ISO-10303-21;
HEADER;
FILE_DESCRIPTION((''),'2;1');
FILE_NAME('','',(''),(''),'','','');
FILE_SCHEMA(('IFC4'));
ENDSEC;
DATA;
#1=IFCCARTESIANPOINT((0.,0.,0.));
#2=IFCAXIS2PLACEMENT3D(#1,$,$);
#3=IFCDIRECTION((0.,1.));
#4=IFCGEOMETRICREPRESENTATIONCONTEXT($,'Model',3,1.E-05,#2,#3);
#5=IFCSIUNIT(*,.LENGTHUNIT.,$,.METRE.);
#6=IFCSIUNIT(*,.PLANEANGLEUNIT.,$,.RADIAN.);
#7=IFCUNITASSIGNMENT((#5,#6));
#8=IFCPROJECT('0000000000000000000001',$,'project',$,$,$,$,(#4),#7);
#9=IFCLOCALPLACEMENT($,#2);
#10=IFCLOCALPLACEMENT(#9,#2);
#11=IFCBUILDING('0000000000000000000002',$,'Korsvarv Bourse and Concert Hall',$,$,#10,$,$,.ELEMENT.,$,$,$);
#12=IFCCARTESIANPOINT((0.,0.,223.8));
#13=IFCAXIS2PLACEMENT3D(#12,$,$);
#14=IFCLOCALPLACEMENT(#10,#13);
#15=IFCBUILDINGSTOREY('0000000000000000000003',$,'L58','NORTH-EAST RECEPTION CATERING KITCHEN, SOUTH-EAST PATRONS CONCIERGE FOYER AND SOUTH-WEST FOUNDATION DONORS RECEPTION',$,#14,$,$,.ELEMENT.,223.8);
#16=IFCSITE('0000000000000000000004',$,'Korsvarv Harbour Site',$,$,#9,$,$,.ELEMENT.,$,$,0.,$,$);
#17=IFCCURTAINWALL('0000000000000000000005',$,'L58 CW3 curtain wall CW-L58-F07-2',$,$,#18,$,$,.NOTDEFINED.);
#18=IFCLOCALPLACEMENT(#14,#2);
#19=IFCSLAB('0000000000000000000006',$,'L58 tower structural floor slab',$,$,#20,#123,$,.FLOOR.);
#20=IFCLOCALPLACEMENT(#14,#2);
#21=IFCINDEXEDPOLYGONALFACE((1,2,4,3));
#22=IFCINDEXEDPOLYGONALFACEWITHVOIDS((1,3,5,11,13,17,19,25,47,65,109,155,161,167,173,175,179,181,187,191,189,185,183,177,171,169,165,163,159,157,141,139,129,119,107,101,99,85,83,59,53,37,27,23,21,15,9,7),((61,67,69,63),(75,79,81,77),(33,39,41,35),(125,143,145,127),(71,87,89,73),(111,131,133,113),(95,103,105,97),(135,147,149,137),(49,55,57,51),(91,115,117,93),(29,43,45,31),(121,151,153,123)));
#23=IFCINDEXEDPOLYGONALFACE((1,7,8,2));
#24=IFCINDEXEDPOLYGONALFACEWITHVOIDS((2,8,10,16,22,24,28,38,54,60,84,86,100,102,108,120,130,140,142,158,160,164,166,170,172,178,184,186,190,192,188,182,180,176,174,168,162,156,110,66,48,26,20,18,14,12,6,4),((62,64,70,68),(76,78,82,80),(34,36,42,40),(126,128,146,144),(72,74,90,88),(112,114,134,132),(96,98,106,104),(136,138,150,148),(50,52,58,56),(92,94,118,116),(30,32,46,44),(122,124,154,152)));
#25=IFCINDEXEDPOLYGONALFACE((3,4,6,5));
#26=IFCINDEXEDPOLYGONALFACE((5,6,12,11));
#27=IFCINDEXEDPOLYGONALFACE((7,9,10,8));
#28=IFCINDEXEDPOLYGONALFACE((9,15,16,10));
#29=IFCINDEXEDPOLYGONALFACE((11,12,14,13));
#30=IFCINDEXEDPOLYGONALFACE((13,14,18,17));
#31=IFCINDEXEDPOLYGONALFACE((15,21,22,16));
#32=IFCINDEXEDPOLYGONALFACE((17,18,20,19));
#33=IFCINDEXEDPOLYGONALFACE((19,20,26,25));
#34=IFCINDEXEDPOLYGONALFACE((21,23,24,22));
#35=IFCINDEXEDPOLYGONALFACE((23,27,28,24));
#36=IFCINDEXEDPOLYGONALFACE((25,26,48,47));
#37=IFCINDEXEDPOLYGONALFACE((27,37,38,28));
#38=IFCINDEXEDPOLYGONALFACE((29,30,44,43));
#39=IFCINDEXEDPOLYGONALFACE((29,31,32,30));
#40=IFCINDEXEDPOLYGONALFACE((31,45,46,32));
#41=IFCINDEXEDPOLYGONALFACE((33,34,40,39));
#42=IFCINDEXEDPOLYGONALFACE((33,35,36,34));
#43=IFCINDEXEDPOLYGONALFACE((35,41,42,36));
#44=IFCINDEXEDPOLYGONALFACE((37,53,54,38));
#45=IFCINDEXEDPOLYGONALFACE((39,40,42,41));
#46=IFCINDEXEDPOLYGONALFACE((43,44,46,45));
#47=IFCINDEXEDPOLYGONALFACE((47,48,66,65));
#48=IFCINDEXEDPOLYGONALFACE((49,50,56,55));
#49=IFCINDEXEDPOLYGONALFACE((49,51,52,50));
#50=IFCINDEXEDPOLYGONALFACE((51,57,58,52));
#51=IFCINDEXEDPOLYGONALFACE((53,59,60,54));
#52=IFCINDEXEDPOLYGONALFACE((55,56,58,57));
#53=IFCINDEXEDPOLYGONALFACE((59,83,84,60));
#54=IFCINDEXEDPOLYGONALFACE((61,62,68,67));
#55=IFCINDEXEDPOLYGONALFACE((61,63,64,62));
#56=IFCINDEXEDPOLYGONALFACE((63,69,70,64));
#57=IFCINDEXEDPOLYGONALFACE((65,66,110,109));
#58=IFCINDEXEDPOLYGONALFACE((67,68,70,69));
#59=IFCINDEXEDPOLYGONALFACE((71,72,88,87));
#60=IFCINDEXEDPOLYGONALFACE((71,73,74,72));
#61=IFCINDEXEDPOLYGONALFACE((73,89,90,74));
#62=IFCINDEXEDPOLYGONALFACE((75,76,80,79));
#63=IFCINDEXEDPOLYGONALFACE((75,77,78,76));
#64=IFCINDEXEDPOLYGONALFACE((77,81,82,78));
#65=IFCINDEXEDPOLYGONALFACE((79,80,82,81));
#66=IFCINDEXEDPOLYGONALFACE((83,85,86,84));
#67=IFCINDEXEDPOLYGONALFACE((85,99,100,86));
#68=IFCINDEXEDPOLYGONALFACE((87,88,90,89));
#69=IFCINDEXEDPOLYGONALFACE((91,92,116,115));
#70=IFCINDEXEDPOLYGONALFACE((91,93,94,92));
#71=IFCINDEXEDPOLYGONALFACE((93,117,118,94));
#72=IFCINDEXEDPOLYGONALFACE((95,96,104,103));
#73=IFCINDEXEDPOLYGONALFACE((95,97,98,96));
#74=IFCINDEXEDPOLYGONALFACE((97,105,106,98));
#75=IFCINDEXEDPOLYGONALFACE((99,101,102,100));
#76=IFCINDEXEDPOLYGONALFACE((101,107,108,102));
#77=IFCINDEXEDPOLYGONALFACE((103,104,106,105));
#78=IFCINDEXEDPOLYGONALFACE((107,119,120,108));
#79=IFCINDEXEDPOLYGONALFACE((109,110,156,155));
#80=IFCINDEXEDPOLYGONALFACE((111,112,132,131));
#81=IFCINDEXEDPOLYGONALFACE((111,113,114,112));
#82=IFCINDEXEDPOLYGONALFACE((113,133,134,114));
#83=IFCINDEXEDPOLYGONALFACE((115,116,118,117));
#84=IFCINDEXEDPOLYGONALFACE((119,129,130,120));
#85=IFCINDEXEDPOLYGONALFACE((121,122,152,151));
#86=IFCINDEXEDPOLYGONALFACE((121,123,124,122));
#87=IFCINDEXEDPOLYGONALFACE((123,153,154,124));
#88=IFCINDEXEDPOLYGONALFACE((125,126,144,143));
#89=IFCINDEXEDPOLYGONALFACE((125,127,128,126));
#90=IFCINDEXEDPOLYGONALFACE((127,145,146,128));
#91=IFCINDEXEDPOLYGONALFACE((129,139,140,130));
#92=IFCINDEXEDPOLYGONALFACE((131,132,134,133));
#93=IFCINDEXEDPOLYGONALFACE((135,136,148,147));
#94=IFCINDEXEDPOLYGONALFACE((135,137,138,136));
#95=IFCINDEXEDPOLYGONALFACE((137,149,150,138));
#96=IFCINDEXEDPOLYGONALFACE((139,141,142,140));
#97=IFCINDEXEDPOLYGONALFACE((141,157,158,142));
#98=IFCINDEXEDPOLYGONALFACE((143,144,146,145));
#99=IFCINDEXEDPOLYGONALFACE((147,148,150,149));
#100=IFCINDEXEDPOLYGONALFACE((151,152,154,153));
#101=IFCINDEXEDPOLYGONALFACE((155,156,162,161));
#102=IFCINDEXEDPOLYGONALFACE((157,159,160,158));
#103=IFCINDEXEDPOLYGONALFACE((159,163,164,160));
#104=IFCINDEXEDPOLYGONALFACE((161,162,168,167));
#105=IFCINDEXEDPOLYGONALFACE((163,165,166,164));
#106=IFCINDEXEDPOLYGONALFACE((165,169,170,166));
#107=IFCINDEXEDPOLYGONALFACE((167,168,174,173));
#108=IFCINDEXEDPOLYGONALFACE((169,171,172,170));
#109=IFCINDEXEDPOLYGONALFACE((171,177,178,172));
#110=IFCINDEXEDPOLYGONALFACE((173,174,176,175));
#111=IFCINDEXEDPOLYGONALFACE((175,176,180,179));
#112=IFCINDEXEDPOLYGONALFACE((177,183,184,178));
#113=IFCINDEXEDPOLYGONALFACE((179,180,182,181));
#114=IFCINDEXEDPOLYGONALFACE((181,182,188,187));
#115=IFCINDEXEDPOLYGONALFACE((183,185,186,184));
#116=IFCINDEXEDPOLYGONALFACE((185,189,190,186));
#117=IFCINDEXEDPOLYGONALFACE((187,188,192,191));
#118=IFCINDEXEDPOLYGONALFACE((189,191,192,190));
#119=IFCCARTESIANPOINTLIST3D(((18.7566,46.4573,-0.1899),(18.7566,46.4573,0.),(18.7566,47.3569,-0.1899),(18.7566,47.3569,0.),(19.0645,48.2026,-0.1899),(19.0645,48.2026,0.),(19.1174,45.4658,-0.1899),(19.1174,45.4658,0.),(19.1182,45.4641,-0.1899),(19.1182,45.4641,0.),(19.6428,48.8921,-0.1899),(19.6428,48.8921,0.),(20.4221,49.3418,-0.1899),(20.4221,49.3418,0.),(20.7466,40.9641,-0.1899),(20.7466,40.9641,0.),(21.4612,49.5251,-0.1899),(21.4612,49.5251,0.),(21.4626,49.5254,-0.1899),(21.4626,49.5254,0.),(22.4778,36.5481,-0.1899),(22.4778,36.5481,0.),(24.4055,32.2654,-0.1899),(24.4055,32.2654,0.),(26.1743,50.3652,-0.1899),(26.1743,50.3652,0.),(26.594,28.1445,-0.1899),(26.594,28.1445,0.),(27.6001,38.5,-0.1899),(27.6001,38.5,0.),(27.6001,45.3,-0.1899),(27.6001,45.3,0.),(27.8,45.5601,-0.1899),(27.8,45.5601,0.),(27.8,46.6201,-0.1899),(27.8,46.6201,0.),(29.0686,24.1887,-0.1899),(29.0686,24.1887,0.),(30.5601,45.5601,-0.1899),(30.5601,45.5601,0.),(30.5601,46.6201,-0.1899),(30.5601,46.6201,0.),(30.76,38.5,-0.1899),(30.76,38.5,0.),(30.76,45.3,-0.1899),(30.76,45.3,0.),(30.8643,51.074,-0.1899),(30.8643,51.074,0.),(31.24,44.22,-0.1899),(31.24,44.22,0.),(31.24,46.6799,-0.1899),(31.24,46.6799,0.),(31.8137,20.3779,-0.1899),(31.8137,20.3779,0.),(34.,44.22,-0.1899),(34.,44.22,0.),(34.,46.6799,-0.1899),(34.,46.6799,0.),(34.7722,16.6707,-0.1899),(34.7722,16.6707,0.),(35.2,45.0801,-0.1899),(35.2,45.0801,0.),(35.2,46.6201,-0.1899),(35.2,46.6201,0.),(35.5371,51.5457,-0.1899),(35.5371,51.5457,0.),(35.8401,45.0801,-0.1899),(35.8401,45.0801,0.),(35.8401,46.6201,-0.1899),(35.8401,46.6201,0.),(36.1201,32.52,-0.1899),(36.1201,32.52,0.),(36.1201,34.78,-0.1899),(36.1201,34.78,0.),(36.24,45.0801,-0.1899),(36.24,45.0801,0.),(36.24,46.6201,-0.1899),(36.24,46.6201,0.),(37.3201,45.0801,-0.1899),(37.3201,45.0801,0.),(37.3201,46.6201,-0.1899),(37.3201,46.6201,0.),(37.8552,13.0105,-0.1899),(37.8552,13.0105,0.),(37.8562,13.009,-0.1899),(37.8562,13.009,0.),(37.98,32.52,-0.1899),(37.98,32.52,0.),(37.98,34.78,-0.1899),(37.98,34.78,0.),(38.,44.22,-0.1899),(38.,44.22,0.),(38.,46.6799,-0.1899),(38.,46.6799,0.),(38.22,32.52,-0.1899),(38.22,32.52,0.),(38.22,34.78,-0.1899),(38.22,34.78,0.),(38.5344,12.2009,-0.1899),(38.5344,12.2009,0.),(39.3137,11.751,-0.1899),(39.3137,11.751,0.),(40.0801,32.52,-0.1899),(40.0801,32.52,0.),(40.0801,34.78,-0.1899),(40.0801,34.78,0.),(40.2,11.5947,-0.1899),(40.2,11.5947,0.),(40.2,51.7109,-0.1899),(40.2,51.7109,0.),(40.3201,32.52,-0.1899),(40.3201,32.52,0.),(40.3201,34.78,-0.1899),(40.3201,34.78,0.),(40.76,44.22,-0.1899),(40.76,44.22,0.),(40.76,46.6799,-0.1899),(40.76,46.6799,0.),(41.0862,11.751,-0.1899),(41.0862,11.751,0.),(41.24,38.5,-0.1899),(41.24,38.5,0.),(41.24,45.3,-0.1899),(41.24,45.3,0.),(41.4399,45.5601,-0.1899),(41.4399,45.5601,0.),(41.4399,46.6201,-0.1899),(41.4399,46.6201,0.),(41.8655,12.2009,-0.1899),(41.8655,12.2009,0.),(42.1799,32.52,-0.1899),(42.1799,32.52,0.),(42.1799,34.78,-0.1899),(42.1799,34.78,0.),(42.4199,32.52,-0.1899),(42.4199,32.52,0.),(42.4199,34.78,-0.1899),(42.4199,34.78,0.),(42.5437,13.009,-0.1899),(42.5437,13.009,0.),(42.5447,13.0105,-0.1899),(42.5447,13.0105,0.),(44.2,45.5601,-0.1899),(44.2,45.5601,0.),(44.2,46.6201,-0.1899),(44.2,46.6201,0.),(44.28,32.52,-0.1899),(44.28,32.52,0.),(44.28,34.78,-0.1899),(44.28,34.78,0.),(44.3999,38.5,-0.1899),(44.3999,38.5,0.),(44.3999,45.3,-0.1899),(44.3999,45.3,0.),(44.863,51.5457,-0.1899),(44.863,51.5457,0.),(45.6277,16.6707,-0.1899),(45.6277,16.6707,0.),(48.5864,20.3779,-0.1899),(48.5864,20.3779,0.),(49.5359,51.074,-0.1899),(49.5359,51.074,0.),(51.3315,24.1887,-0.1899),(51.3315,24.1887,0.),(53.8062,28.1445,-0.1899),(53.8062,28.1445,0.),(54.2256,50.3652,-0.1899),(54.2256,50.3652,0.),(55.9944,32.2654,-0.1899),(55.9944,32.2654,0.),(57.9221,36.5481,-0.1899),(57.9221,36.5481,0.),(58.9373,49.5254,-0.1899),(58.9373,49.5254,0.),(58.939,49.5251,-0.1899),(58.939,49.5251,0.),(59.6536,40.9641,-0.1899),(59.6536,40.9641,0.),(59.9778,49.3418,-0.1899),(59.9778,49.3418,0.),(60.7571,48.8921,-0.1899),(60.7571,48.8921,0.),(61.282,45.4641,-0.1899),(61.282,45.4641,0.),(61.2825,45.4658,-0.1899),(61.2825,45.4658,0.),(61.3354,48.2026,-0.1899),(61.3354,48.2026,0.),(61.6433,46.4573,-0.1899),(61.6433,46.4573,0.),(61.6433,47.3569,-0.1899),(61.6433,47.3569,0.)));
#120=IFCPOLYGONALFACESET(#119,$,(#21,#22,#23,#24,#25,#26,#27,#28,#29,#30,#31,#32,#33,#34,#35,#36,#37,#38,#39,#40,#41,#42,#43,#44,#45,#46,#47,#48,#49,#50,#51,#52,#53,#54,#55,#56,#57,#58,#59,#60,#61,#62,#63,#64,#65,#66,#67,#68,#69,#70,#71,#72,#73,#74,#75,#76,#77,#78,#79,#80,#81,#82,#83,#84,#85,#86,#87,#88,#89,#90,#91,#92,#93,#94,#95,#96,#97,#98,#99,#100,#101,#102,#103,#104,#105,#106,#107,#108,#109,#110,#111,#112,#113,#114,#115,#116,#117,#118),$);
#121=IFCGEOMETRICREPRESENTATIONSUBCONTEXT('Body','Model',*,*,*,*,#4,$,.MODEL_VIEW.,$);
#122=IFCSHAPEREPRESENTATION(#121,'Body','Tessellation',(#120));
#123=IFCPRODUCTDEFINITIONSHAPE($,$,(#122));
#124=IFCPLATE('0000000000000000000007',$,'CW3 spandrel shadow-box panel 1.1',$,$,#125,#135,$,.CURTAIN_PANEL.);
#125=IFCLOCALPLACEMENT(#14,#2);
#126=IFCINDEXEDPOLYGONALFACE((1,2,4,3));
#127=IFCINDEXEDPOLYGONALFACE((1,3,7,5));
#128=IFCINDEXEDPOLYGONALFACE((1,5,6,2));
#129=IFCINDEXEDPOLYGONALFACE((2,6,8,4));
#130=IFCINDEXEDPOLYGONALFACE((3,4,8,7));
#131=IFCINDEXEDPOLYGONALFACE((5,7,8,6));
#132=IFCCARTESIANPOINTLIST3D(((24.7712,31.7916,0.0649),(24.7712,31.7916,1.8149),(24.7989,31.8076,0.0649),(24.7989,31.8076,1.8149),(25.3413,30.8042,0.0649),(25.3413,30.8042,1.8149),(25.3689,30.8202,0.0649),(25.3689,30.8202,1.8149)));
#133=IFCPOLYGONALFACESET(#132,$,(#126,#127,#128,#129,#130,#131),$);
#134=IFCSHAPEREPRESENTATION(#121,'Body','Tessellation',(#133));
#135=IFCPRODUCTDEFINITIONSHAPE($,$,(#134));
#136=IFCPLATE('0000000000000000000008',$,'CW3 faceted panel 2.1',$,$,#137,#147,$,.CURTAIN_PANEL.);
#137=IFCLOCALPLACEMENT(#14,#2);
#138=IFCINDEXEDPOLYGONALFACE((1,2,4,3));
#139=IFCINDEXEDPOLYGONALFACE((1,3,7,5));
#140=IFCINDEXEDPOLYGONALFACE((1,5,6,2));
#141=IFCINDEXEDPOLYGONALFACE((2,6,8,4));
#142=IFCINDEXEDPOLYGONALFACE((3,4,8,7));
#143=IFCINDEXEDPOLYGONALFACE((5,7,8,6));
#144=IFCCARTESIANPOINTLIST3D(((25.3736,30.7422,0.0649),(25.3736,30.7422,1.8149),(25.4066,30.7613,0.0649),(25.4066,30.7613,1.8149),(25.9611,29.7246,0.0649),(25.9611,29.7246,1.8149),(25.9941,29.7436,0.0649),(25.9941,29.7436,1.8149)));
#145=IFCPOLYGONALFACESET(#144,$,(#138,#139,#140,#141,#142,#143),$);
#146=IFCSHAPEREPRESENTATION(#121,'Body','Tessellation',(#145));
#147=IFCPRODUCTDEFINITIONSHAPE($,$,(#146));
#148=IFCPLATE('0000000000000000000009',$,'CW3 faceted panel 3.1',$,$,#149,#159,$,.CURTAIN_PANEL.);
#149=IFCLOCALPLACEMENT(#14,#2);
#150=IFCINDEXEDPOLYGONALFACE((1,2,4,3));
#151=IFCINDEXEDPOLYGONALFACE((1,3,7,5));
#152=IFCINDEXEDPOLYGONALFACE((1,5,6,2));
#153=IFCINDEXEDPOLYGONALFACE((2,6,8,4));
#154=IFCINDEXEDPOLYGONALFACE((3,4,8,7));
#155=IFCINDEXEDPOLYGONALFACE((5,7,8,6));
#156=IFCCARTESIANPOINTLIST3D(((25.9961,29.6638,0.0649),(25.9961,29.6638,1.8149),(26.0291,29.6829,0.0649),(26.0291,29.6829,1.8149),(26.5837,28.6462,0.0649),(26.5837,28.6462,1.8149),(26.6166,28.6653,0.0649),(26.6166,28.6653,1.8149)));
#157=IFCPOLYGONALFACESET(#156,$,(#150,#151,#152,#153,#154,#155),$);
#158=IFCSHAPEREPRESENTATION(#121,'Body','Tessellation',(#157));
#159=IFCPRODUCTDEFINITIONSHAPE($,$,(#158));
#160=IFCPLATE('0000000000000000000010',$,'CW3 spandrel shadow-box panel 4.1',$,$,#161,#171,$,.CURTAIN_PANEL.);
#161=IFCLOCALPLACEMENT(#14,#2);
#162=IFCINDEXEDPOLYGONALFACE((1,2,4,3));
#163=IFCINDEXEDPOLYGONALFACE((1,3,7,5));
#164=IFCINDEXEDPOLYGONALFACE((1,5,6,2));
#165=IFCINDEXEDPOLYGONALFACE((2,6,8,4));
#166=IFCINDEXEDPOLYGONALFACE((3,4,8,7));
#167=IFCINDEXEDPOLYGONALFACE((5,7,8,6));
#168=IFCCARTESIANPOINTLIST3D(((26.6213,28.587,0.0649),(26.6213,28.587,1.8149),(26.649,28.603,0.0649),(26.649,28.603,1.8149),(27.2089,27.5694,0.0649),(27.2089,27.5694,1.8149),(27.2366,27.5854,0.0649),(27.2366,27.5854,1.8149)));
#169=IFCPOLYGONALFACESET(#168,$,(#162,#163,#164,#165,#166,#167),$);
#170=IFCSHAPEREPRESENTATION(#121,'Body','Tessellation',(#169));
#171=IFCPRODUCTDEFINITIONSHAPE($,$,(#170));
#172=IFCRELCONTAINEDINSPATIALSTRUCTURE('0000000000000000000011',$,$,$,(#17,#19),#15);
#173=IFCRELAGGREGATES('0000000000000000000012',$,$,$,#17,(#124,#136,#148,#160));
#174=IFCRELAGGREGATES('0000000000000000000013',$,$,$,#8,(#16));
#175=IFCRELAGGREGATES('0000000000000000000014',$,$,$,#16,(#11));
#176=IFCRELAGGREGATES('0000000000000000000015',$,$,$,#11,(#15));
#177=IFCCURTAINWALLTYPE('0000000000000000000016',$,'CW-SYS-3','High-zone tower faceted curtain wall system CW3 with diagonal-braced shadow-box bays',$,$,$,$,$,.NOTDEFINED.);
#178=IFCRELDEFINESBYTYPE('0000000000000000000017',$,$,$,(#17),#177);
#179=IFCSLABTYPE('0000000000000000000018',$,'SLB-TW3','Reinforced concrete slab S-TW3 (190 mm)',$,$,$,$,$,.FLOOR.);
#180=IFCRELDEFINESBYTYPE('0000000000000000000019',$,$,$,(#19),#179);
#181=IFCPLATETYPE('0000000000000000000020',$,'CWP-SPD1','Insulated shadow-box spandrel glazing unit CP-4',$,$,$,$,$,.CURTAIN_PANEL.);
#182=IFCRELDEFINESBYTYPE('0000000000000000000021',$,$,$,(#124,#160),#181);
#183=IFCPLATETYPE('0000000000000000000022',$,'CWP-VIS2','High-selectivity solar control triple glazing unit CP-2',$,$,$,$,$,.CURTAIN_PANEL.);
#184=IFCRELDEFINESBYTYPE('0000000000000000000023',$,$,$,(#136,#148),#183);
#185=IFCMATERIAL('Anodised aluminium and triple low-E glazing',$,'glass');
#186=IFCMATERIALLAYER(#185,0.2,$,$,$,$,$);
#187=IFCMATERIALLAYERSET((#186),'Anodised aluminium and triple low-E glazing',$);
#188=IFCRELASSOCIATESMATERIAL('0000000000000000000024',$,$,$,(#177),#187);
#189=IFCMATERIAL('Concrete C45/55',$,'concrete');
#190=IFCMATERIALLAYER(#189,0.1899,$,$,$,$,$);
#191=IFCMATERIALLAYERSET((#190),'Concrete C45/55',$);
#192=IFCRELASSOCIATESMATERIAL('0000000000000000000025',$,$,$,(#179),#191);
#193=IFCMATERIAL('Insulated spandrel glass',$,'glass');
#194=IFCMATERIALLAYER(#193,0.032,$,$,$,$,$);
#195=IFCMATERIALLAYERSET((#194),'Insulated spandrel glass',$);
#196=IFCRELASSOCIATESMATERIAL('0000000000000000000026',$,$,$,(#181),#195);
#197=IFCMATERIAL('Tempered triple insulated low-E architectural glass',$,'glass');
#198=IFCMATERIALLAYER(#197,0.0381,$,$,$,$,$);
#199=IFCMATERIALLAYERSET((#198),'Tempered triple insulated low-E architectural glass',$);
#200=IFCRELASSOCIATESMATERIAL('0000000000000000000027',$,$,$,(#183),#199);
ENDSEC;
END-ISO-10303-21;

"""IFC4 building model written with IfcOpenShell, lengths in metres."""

from ifc_helpers import new_model, si_unit, direction, frame, origin, origin_2d, place, context, subcontext, project, spatial, polyline, rectangle, outline, extrude, source, transform, mapped, material, layer, layer_set, type_object, element, aggregate, save


model = new_model("IFC4")

# Units and contexts
model_context = context("Model", 3, precision=1e-05, world=origin(), true_north=direction((0.0, 1.0)))
body_context = subcontext(model_context, "Body", "Model", "MODEL_VIEW")
ifc_project = project(units=[si_unit("LENGTHUNIT", "METRE"), si_unit("PLANEANGLEUNIT", "RADIAN")], contexts=[model_context])

# Site, building, storey
site_placement = place(None, origin())
site = spatial("IfcSite", under=ifc_project, at=site_placement, Name="Korsvarv Harbour Site", CompositionType="ELEMENT", RefElevation=0.0)
building_placement = place(site_placement, origin())
building = spatial("IfcBuilding", under=site, at=building_placement, Name="Korsvarv Bourse and Concert Hall", CompositionType="ELEMENT")
storey_placement = place(building_placement, frame((0.0, 0.0, 223.8)))
storey = spatial("IfcBuildingStorey", under=building, at=storey_placement, Name="L58", Description="NORTH-EAST RECEPTION CATERING KITCHEN, SOUTH-EAST PATRONS CONCIERGE FOYER AND SOUTH-WEST FOUNDATION DONORS RECEPTION", CompositionType="ELEMENT", Elevation=223.8)

# Curtain wall
ifc_material_1 = material(Name="Anodised aluminium and triple low-E glazing", Category="glass")
ifc_layer_1 = layer(ifc_material_1, 0.2)
ifc_layer_set_1 = layer_set([ifc_layer_1], Name="Anodised aluminium and triple low-E glazing")
curtain_wall_type = type_object("IfcCurtainWallType", Name="CW-SYS-3", Description="High-zone tower faceted curtain wall system CW3 with diagonal-braced shadow-box bays", PredefinedType="NOTDEFINED", material=ifc_layer_set_1)
curtain_wall_placement = place(storey_placement, origin())
curtain_wall = element("IfcCurtainWall", 1, at=curtain_wall_placement, inside=storey, type_object=curtain_wall_type, Name="L58 CW3 curtain wall CW-L58-F07-2", PredefinedType="NOTDEFINED")

# Slab
ifc_material_2 = material(Name="Concrete C45/55", Category="concrete")
ifc_layer_2 = layer(ifc_material_2, 0.1899)
ifc_layer_set_2 = layer_set([ifc_layer_2], Name="Concrete C45/55")
slab_type_1 = type_object("IfcSlabType", Name="SLB-TW3", Description="Reinforced concrete slab S-TW3 (190 mm)", PredefinedType="FLOOR", material=ifc_layer_set_2)
slab_1_placement = place(storey_placement, frame((0.0, 0.0, -0.1899)))
element("IfcSlab", 2, at=slab_1_placement, inside=storey, type_object=slab_type_1, Name="L58 tower structural floor slab", PredefinedType="FLOOR", context=body_context, shape_type="SweptSolid", body=[
    extrude(outline(polyline([(61.282, 45.4641), (59.6536, 40.9641), (57.9221, 36.5481), (55.9944, 32.2654), (53.8062, 28.1445), (51.3315, 24.1887), (48.5864, 20.3779), (45.6277, 16.6707), (42.5447, 13.0105), (42.5437, 13.009), (41.8655, 12.2009), (41.0862, 11.751), (40.2, 11.5947), (39.3137, 11.751), (38.5344, 12.2009), (37.8562, 13.009), (37.8552, 13.0105), (34.7722, 16.6707), (31.8137, 20.3779), (29.0686, 24.1887), (26.594, 28.1445), (24.4055, 32.2654), (22.4778, 36.5481), (20.7466, 40.9641), (19.1182, 45.4641), (19.1174, 45.4658), (18.7566, 46.4573), (18.7566, 47.3569), (19.0645, 48.2026), (19.6428, 48.8921), (20.4221, 49.3418), (21.4612, 49.5251), (21.4626, 49.5254), (26.1743, 50.3652), (30.8643, 51.074), (35.5371, 51.5457), (40.2, 51.7109), (44.863, 51.5457), (49.5359, 51.074), (54.2256, 50.3652), (58.9373, 49.5254), (58.939, 49.5251), (59.9778, 49.3418), (60.7571, 48.8921), (61.3354, 48.2026), (61.6433, 47.3569), (61.6433, 46.4573), (61.2825, 45.4658), (61.282, 45.4641)]), holes=[polyline([(30.76, 38.5), (30.76, 45.3), (27.6001, 45.3), (27.6001, 38.5), (30.76, 38.5)]), polyline([(44.3999, 38.5), (44.3999, 45.3), (41.24, 45.3), (41.24, 38.5), (44.3999, 38.5)]), polyline([(31.24, 44.22), (34.0, 44.22), (34.0, 46.6799), (31.24, 46.6799), (31.24, 44.22)]), polyline([(38.0, 44.22), (40.76, 44.22), (40.76, 46.6799), (38.0, 46.6799), (38.0, 44.22)]), polyline([(36.1201, 32.52), (37.98, 32.52), (37.98, 34.78), (36.1201, 34.78), (36.1201, 32.52)]), polyline([(38.22, 32.52), (40.0801, 32.52), (40.0801, 34.78), (38.22, 34.78), (38.22, 32.52)]), polyline([(40.3201, 32.52), (42.1799, 32.52), (42.1799, 34.78), (40.3201, 34.78), (40.3201, 32.52)]), polyline([(42.4199, 32.52), (44.28, 32.52), (44.28, 34.78), (42.4199, 34.78), (42.4199, 32.52)]), polyline([(27.8, 45.5601), (30.5601, 45.5601), (30.5601, 46.6201), (27.8, 46.6201), (27.8, 45.5601)]), polyline([(41.4399, 45.5601), (44.2, 45.5601), (44.2, 46.6201), (41.4399, 46.6201), (41.4399, 45.5601)]), polyline([(35.2, 45.0801), (35.8401, 45.0801), (35.8401, 46.6201), (35.2, 46.6201), (35.2, 45.0801)]), polyline([(36.24, 45.0801), (37.3201, 45.0801), (37.3201, 46.6201), (36.24, 46.6201), (36.24, 45.0801)])]), origin(), (0.0, 0.0, 1.0), 0.1899),
])

# Plates
ifc_material_3 = material(Name="Insulated spandrel glass", Category="glass")
ifc_layer_3 = layer(ifc_material_3, 0.032)
ifc_layer_set_3 = layer_set([ifc_layer_3], Name="Insulated spandrel glass")
plate_type_1 = type_object("IfcPlateType", Name="CWP-SPD1", Description="Insulated shadow-box spandrel glazing unit CP-4", PredefinedType="CURTAIN_PANEL", material=ifc_layer_set_3)
shared_shape_1 = source(origin(), body_context, "Body", "SweptSolid", [
    extrude(rectangle(XDim=1.1401, YDim=0.032, at=origin_2d()), origin(), (0.0, 0.0, 1.0), 1.75),
])
plate_1_placement = place(storey_placement, frame((25.0701, 31.3059, 0.0649), z_axis=(0.0, 0.0, 1.0), x_axis=(0.499996, -0.866028, 0.0)))
plate_1 = element("IfcPlate", 3, at=plate_1_placement, type_object=plate_type_1, Name="CW3 spandrel shadow-box panel 1.1", PredefinedType="CURTAIN_PANEL", context=body_context, shape_type="MappedRepresentation", body=[
    mapped(shared_shape_1, transform((0.0, 0.0, 0.0), scale=1.0)),
])
ifc_material_4 = material(Name="Tempered triple insulated low-E architectural glass", Category="glass")
ifc_layer_4 = layer(ifc_material_4, 0.0381)
ifc_layer_set_4 = layer_set([ifc_layer_4], Name="Tempered triple insulated low-E architectural glass")
plate_type_2 = type_object("IfcPlateType", Name="CWP-VIS2", Description="High-selectivity solar control triple glazing unit CP-2", PredefinedType="CURTAIN_PANEL", material=ifc_layer_set_4)
shared_shape_2 = source(origin(), body_context, "Body", "SweptSolid", [
    extrude(rectangle(XDim=1.175, YDim=0.0381, at=origin_2d()), origin(), (0.0, 0.0, 1.0), 1.75),
])
plate_2_placement = place(storey_placement, frame((25.6838, 30.2429, 0.0649), z_axis=(0.0, 0.0, 1.0), x_axis=(0.499996, -0.866028, 0.0)))
plate_2 = element("IfcPlate", 4, at=plate_2_placement, type_object=plate_type_2, Name="CW3 faceted panel 2.1", PredefinedType="CURTAIN_PANEL", context=body_context, shape_type="MappedRepresentation", body=[
    mapped(shared_shape_2, transform((0.0, 0.0, 0.0), scale=1.0)),
])
plate_3_placement = place(storey_placement, frame((26.3064, 29.1646, 0.0649), z_axis=(0.0, 0.0, 1.0), x_axis=(0.499996, -0.866028, 0.0)))
plate_3 = element("IfcPlate", 5, at=plate_3_placement, type_object=plate_type_2, Name="CW3 faceted panel 3.1", PredefinedType="CURTAIN_PANEL", context=body_context, shape_type="MappedRepresentation", body=[
    mapped(shared_shape_2, transform((0.0, 0.0, 0.0), scale=1.0)),
])
shared_shape_3 = source(origin(), body_context, "Body", "SweptSolid", [
    extrude(rectangle(XDim=1.175, YDim=0.032, at=origin_2d()), origin(), (0.0, 0.0, 1.0), 1.75),
])
plate_4_placement = place(storey_placement, frame((26.929, 28.0862, 0.0649), z_axis=(0.0, 0.0, 1.0), x_axis=(0.499996, -0.866028, 0.0)))
plate_4 = element("IfcPlate", 6, at=plate_4_placement, type_object=plate_type_1, Name="CW3 spandrel shadow-box panel 4.1", PredefinedType="CURTAIN_PANEL", context=body_context, shape_type="MappedRepresentation", body=[
    mapped(shared_shape_3, transform((0.0, 0.0, 0.0), scale=1.0)),
])
aggregate(curtain_wall, [plate_1, plate_2, plate_3, plate_4])

save(model, "model.ifc")
